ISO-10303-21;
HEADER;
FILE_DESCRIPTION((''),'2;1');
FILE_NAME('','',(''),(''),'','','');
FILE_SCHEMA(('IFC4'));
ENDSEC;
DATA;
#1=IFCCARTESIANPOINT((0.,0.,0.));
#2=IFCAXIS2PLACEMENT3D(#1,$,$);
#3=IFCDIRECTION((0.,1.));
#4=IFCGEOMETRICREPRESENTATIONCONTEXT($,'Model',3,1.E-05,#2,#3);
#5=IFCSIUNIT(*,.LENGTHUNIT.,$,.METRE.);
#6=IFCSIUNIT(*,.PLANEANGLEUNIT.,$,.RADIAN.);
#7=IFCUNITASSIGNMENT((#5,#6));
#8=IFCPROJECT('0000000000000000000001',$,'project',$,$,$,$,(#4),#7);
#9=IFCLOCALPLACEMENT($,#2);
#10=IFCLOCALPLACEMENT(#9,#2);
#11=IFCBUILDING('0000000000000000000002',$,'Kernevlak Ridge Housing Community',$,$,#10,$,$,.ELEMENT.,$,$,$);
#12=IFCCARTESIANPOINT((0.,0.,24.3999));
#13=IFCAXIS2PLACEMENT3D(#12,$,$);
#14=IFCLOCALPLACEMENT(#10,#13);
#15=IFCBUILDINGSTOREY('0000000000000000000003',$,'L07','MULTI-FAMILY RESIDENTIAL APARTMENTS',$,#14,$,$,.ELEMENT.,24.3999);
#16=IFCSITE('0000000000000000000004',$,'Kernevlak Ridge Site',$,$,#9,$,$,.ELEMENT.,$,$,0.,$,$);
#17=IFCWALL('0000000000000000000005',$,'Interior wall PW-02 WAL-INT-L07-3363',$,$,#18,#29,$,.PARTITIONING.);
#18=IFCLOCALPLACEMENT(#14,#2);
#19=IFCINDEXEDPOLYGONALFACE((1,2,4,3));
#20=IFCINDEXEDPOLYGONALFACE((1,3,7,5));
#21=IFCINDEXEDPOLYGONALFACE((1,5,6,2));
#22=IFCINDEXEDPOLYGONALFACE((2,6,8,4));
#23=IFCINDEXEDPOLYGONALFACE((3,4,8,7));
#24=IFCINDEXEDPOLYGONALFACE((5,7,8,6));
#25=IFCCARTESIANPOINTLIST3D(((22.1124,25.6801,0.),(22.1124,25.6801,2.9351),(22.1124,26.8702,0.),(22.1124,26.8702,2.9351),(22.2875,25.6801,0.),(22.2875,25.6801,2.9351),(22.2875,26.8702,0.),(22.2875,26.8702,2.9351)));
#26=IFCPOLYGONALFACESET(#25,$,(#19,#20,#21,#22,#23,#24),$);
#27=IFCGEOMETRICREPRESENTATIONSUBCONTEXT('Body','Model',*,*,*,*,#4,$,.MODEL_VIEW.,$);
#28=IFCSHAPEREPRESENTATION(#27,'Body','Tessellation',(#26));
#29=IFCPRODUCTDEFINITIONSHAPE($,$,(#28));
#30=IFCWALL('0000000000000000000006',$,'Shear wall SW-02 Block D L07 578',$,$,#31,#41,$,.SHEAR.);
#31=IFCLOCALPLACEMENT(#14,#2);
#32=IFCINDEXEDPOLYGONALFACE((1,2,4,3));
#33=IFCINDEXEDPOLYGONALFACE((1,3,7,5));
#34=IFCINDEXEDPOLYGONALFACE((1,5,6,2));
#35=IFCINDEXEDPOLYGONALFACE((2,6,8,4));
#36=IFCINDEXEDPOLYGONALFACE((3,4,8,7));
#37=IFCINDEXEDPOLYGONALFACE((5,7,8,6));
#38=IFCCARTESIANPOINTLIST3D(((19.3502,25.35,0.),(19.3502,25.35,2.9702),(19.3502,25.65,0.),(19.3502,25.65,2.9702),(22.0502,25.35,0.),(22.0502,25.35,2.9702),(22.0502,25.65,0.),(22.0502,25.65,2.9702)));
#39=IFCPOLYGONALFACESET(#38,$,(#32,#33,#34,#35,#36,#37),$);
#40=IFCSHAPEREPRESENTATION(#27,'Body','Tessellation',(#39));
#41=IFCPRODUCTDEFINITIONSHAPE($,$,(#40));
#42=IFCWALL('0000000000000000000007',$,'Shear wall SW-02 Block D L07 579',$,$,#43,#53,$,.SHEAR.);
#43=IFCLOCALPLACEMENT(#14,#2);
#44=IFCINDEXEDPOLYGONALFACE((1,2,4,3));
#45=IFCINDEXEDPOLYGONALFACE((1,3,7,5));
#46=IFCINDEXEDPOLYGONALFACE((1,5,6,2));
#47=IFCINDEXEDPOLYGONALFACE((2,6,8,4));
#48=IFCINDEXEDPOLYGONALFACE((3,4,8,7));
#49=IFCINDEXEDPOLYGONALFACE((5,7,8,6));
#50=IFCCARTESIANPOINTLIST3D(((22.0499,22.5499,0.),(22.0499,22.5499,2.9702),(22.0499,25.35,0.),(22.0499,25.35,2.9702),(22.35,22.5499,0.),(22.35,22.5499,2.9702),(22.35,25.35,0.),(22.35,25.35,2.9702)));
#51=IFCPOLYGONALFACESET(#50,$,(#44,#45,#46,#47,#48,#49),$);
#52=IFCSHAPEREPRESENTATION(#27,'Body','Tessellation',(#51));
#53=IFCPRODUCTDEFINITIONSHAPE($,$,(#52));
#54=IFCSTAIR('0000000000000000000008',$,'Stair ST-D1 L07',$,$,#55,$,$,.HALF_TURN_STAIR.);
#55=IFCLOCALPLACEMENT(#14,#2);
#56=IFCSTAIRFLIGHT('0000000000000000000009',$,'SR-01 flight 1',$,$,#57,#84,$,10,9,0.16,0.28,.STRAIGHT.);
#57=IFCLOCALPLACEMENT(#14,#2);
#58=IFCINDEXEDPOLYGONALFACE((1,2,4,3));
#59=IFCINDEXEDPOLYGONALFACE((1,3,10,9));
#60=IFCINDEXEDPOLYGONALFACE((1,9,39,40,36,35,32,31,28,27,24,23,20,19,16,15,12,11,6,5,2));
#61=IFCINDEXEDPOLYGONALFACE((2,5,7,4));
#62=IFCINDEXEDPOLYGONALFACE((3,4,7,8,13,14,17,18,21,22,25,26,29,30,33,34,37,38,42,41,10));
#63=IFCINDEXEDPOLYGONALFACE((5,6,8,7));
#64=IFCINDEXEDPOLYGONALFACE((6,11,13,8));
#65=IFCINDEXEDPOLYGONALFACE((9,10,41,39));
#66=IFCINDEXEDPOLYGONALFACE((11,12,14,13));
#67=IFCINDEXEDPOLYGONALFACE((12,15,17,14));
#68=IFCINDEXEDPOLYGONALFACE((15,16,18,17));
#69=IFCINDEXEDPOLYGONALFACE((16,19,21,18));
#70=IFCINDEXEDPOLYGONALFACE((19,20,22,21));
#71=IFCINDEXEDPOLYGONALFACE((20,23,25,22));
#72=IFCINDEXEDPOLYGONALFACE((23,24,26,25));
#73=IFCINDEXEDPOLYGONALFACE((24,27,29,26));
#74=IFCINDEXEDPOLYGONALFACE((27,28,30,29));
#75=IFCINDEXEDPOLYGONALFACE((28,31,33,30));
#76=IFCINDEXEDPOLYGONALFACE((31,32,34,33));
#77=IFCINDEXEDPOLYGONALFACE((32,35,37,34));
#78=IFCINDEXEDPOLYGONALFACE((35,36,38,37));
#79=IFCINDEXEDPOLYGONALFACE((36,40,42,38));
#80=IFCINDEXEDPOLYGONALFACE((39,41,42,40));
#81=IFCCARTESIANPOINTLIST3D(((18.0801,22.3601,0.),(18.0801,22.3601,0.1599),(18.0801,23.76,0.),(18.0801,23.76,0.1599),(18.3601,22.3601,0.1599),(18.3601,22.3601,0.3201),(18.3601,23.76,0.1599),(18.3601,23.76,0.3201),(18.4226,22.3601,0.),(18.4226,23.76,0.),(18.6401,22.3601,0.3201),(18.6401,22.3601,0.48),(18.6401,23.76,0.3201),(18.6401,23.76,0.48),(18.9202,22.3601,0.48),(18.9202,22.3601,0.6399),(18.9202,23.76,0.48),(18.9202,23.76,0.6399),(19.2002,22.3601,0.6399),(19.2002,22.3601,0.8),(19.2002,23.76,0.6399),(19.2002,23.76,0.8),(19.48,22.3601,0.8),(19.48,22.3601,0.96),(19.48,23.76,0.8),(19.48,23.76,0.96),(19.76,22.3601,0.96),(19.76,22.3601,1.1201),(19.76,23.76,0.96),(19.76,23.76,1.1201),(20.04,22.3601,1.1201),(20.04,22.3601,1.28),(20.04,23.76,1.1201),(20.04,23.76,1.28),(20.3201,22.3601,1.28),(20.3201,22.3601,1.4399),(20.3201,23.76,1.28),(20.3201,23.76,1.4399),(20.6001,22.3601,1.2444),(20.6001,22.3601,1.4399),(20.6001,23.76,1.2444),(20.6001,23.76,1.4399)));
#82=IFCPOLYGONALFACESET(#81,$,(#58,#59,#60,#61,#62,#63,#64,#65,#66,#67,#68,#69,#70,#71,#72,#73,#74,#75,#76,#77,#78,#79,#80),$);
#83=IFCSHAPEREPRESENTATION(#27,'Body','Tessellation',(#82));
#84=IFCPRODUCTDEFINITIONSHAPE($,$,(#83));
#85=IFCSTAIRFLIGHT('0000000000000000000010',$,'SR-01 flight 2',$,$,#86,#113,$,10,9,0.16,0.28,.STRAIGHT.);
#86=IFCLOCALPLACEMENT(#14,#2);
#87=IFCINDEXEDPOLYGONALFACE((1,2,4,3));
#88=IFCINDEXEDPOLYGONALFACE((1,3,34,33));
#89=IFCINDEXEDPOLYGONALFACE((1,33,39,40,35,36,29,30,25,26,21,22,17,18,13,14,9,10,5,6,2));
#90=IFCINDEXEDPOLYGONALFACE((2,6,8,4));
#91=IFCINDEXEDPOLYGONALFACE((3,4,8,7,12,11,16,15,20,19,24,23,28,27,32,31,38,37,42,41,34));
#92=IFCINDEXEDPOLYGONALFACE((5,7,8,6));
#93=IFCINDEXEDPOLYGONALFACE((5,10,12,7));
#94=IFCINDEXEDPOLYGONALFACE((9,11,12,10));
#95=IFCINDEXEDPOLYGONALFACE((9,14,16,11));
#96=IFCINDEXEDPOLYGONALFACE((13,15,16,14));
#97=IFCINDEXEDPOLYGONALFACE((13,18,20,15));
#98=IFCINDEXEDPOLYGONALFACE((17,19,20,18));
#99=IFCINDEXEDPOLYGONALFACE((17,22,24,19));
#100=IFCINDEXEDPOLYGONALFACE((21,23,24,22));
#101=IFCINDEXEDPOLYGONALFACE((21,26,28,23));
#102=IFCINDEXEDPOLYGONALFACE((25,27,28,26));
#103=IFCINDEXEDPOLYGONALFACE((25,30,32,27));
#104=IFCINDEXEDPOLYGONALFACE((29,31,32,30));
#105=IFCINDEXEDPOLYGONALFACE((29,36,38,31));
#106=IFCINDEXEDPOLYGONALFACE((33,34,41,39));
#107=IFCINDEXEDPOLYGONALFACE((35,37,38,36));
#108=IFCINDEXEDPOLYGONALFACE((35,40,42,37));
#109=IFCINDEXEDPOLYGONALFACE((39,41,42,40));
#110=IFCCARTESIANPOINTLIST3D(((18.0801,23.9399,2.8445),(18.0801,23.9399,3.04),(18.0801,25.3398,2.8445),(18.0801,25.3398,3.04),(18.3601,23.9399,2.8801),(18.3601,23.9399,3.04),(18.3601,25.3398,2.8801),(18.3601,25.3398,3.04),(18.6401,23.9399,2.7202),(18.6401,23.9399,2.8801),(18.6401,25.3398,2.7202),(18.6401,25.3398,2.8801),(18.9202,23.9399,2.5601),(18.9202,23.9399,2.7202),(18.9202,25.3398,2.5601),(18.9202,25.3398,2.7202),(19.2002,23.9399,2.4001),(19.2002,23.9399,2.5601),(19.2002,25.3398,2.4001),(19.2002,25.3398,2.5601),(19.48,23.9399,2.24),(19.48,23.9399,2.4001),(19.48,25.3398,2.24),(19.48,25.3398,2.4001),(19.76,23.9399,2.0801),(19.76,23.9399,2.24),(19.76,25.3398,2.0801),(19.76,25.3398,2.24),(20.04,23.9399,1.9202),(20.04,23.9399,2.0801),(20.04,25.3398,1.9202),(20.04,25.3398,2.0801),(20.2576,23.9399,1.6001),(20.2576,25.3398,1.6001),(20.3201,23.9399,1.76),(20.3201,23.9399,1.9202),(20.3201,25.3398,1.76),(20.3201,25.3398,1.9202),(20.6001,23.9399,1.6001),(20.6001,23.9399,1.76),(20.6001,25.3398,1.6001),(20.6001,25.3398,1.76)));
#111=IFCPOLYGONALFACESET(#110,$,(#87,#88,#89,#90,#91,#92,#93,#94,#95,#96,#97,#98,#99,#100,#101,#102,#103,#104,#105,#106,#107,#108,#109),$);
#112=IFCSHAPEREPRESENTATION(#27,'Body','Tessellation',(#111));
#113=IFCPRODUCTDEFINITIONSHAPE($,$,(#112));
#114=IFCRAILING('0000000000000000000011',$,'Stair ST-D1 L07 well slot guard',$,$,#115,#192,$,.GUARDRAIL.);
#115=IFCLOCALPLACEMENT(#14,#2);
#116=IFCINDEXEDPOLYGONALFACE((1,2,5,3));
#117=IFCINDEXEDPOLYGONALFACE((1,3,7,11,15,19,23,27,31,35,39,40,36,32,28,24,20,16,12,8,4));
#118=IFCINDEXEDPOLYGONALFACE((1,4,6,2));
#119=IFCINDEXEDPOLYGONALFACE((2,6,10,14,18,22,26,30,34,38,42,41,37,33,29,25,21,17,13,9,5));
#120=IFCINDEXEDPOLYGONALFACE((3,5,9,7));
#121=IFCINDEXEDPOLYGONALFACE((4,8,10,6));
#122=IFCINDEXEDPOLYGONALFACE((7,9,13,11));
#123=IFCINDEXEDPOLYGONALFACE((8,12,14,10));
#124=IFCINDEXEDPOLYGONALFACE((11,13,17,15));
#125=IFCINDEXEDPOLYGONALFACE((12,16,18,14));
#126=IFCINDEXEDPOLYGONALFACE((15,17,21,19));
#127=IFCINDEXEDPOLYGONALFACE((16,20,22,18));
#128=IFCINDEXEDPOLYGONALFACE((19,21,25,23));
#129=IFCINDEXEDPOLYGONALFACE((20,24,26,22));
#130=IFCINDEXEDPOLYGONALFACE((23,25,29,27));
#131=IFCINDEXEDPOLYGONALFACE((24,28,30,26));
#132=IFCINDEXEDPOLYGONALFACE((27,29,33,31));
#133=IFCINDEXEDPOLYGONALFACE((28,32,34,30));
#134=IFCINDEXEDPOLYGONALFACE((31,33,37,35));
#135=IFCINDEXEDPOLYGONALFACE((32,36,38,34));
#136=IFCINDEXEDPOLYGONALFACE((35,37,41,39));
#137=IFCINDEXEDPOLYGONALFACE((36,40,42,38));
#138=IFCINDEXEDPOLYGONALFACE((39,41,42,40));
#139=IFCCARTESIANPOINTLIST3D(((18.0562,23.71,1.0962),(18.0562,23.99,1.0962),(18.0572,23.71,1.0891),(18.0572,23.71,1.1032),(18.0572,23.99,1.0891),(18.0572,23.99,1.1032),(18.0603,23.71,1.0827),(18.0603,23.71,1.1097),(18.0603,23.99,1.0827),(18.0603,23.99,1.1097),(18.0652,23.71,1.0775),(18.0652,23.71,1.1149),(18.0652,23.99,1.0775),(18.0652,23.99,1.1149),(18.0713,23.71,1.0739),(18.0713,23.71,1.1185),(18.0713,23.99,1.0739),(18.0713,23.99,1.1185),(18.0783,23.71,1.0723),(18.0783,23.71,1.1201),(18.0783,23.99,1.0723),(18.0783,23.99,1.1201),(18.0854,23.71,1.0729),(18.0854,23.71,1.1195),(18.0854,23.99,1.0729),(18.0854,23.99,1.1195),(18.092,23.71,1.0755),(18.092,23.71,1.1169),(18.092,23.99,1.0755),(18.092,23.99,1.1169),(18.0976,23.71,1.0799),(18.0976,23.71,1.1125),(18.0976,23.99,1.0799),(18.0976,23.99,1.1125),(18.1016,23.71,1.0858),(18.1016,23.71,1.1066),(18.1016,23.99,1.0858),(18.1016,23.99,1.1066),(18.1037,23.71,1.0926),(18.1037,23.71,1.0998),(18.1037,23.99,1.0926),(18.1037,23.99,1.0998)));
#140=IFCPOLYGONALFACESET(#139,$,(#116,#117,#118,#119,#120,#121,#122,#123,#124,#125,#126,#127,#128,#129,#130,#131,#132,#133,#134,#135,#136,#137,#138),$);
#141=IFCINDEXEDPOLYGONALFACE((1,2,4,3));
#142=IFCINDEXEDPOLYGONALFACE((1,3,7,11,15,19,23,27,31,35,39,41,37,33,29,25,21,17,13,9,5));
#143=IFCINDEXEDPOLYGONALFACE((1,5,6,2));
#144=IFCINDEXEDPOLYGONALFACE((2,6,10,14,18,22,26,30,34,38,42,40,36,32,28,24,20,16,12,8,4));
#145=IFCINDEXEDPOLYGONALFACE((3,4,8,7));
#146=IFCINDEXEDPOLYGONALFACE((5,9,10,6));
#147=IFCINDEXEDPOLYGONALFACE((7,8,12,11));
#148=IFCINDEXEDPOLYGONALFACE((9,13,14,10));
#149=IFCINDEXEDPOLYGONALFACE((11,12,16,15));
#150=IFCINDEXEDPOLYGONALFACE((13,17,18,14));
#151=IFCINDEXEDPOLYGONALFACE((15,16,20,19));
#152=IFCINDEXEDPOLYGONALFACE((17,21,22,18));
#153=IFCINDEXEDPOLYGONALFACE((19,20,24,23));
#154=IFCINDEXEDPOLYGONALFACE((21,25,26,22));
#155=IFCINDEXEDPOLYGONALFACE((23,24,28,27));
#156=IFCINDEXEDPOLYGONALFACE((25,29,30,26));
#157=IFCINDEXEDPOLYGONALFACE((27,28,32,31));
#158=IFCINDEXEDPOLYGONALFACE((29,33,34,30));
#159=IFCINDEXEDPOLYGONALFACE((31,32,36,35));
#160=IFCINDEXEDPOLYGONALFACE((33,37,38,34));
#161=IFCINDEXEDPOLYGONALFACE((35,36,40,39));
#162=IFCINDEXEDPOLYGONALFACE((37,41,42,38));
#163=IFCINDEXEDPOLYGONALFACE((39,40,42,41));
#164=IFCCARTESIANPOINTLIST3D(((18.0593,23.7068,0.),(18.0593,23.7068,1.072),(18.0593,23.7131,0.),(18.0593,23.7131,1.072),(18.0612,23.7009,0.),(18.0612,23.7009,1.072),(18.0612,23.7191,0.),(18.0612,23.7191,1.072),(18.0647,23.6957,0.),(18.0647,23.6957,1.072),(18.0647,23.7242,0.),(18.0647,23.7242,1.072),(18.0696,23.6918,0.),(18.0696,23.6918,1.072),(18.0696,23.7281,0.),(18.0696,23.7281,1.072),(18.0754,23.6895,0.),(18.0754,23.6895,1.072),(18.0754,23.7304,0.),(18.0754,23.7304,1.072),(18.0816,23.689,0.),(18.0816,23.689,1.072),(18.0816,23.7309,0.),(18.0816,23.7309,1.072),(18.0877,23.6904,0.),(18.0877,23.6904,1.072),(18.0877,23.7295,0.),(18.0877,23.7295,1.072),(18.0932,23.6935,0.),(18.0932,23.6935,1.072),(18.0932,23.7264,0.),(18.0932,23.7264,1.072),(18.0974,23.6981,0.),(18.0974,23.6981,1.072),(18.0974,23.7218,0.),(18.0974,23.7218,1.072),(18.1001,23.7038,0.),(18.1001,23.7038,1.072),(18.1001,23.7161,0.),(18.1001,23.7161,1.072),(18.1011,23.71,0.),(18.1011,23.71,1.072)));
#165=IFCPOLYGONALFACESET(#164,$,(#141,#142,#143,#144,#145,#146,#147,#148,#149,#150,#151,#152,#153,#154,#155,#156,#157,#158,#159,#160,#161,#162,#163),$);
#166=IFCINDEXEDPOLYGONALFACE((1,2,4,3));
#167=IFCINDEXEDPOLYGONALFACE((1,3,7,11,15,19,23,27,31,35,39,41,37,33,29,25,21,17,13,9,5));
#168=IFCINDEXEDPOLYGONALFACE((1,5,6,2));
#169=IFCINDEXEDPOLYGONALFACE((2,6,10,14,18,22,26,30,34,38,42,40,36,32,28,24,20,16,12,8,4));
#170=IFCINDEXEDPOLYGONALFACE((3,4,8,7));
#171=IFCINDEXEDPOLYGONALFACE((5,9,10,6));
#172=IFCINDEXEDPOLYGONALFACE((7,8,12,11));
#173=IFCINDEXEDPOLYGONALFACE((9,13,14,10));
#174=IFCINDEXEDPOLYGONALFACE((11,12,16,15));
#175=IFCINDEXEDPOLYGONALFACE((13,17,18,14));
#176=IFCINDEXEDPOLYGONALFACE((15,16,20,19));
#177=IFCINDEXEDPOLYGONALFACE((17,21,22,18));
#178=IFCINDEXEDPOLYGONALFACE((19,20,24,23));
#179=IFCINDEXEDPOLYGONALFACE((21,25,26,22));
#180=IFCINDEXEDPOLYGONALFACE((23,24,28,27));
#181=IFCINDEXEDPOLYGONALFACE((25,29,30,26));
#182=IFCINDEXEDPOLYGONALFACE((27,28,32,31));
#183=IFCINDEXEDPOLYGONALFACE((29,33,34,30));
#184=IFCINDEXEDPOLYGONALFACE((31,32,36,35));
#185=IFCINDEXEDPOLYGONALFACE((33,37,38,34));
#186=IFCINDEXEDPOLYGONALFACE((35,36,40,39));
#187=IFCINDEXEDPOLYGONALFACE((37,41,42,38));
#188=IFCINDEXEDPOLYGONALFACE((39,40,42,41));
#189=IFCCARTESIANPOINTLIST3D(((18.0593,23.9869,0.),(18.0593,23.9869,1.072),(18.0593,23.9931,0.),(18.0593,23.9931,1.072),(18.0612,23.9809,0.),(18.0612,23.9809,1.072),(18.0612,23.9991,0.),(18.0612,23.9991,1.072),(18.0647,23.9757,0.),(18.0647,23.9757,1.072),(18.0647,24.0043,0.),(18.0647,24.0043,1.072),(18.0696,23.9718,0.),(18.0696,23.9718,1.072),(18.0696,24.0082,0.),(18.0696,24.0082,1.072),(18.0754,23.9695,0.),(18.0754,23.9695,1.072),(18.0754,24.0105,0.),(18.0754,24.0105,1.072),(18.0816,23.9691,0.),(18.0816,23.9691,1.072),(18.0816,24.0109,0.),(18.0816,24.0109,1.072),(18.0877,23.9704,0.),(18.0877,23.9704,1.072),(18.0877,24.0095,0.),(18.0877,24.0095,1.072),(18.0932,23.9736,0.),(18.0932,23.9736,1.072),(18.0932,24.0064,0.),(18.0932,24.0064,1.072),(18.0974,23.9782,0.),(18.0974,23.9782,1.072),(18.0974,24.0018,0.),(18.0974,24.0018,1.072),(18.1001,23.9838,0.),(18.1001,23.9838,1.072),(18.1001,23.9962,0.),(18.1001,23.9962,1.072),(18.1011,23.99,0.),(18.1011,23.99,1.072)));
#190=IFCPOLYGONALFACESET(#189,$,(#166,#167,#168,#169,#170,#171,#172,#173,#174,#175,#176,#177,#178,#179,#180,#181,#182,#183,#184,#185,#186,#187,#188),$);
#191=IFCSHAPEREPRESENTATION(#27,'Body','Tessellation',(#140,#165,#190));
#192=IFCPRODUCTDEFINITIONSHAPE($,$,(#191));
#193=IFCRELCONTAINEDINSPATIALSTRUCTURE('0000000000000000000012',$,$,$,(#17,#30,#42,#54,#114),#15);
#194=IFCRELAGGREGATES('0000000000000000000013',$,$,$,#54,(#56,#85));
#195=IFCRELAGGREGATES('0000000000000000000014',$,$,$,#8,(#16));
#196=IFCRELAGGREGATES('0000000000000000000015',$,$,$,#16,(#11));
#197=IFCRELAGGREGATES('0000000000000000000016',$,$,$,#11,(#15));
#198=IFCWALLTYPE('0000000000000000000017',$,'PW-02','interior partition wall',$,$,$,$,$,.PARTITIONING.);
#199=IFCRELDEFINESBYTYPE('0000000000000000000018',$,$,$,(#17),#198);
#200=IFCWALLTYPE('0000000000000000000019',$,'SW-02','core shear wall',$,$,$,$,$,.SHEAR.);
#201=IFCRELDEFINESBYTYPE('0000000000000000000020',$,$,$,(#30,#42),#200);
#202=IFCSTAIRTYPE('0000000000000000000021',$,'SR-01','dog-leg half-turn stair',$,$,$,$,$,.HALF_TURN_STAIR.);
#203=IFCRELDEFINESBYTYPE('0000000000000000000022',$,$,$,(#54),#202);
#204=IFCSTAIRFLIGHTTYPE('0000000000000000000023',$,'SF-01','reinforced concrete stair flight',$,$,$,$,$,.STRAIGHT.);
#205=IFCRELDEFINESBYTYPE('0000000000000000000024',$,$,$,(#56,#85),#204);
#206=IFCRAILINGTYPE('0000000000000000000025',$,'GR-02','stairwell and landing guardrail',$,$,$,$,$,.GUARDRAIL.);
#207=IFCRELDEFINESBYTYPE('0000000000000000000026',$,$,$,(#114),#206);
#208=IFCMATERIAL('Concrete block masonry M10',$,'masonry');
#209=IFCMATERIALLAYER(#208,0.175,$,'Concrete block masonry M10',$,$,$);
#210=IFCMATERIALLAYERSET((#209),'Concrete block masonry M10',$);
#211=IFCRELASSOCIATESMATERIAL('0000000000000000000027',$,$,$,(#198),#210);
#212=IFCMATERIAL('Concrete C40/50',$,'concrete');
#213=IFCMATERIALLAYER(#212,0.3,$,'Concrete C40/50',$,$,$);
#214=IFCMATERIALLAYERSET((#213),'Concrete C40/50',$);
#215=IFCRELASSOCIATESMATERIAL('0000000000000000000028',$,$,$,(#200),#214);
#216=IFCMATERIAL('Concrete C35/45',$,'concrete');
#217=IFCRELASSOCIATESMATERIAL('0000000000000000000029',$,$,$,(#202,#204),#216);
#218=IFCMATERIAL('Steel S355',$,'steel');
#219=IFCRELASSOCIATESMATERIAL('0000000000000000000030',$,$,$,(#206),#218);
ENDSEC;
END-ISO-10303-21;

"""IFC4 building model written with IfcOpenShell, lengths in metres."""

from ifc_helpers import new_model, si_unit, direction, frame, frame_2d, origin, origin_2d, place, context, subcontext, project, spatial, polyline, rectangle, circle, outline, extrude, material, layer, layer_set, type_object, element, aggregate, save


model = new_model("IFC4")

# Units and contexts
model_context = context("Model", 3, precision=1e-05, world=origin(), true_north=direction((0.0, 1.0)))
body_context = subcontext(model_context, "Body", "Model", "MODEL_VIEW")
ifc_project = project(units=[si_unit("LENGTHUNIT", "METRE"), si_unit("PLANEANGLEUNIT", "RADIAN")], contexts=[model_context])

# Site, building, storey
site_placement = place(None, origin())
site = spatial("IfcSite", under=ifc_project, at=site_placement, Name="Kernevlak Ridge Site", CompositionType="ELEMENT", RefElevation=0.0)
building_placement = place(site_placement, origin())
building = spatial("IfcBuilding", under=site, at=building_placement, Name="Kernevlak Ridge Housing Community", CompositionType="ELEMENT")
storey_placement = place(building_placement, frame((0.0, 0.0, 24.3999)))
storey = spatial("IfcBuildingStorey", under=building, at=storey_placement, Name="L07", Description="MULTI-FAMILY RESIDENTIAL APARTMENTS", CompositionType="ELEMENT", Elevation=24.3999)

# Shared definitions
ifc_material_1 = material(Name="Concrete C35/45", Category="concrete")

# Shared definitions
ifc_material_2 = material(Name="Concrete block masonry M10", Category="masonry")
ifc_layer_1 = layer(ifc_material_2, 0.175, Name="Concrete block masonry M10")
ifc_layer_set_1 = layer_set([ifc_layer_1], Name="Concrete block masonry M10")
wall_type_1 = type_object("IfcWallType", Name="PW-02", Description="interior partition wall", PredefinedType="PARTITIONING", material=ifc_layer_set_1)

# Walls
wall_1_placement = place(storey_placement, frame((22.2, 25.6799, 0.0), z_axis=(0.0, 0.0, 1.0), x_axis=(0.0, 1.0, 0.0)))
element("IfcWall", 1, at=wall_1_placement, inside=storey, type_object=wall_type_1, Name="Interior wall PW-02 WAL-INT-L07-3363", PredefinedType="PARTITIONING", context=body_context, shape_type="SweptSolid", body=[
    extrude(rectangle(XDim=1.1902, YDim=0.175, at=frame_2d((0.5952, 0.0))), origin(), (0.0, 0.0, 1.0), 2.9351),
])
ifc_material_3 = material(Name="Concrete C40/50", Category="concrete")
ifc_layer_2 = layer(ifc_material_3, 0.3, Name="Concrete C40/50")
ifc_layer_set_2 = layer_set([ifc_layer_2], Name="Concrete C40/50")
wall_type_2 = type_object("IfcWallType", Name="SW-02", Description="core shear wall", PredefinedType="SHEAR", material=ifc_layer_set_2)
wall_2_placement = place(storey_placement, frame((19.3501, 25.5, 0.0), z_axis=(0.0, 0.0, 1.0), x_axis=(1.0, 0.0, 0.0)))
element("IfcWall", 2, at=wall_2_placement, inside=storey, type_object=wall_type_2, Name="Shear wall SW-02 Block D L07 578", PredefinedType="SHEAR", context=body_context, shape_type="SweptSolid", body=[
    extrude(rectangle(XDim=2.7, YDim=0.3, at=frame_2d((1.3501, 0.0))), origin(), (0.0, 0.0, 1.0), 2.9702),
])
wall_3_placement = place(storey_placement, frame((22.2, 22.55, 0.0), z_axis=(0.0, 0.0, 1.0), x_axis=(0.0, 1.0, 0.0)))
element("IfcWall", 3, at=wall_3_placement, inside=storey, type_object=wall_type_2, Name="Shear wall SW-02 Block D L07 579", PredefinedType="SHEAR", context=body_context, shape_type="SweptSolid", body=[
    extrude(rectangle(XDim=2.8, YDim=0.3, at=frame_2d((1.3999, 0.0))), origin(), (0.0, 0.0, 1.0), 2.9702),
])

# Stair, stair flights
stair_type = type_object("IfcStairType", Name="SR-01", Description="dog-leg half-turn stair", PredefinedType="HALF_TURN_STAIR", material=ifc_material_1)
stair_placement = place(storey_placement, origin())
stair = element("IfcStair", 4, at=stair_placement, inside=storey, type_object=stair_type, Name="Stair ST-D1 L07", PredefinedType="HALF_TURN_STAIR")
stair_flight_type = type_object("IfcStairFlightType", Name="SF-01", Description="reinforced concrete stair flight", PredefinedType="STRAIGHT", material=ifc_material_1)
stair_flight_1_placement = place(storey_placement, frame((18.0801, 23.0601, 0.0), z_axis=(0.0, 0.0, 1.0), x_axis=(1.0, 0.0, 0.0)))
stair_flight_1 = element("IfcStairFlight", 5, at=stair_flight_1_placement, type_object=stair_flight_type, Name="SR-01 flight 1", NumberOfRisers=10, NumberOfTreads=9, PredefinedType="STRAIGHT", RiserHeight=0.16, TreadLength=0.28, context=body_context, shape_type="SweptSolid", body=[
    extrude(outline(polyline([(0.0, 0.0), (0.0, 0.1599), (0.28, 0.1599), (0.28, 0.3201), (0.5601, 0.3201), (0.5601, 0.48), (0.8401, 0.48), (0.8401, 0.6399), (1.1201, 0.6399), (1.1201, 0.8), (1.3999, 0.8), (1.3999, 0.96), (1.6799, 0.96), (1.6799, 1.1201), (1.96, 1.1201), (1.96, 1.28), (2.24, 1.28), (2.24, 1.4399), (2.52, 1.4399), (2.52, 1.6001), (2.52, 1.2444), (0.3425, 0.0), (0.0, 0.0)])), frame((0.0, 0.7, 0.0), z_axis=(0.0, -1.0, 0.0), x_axis=(1.0, 0.0, 0.0)), (0.0, 0.0, 1.0), 1.3999),
])
stair_flight_2_placement = place(storey_placement, frame((20.6001, 24.6399, 1.6001), z_axis=(0.0, 0.0, 1.0), x_axis=(-1.0, 0.0, 0.0)))
stair_flight_2 = element("IfcStairFlight", 6, at=stair_flight_2_placement, type_object=stair_flight_type, Name="SR-01 flight 2", NumberOfRisers=10, NumberOfTreads=9, PredefinedType="STRAIGHT", RiserHeight=0.16, TreadLength=0.28, context=body_context, shape_type="SweptSolid", body=[
    extrude(outline(polyline([(0.0, 0.0), (0.0, 0.1599), (0.28, 0.1599), (0.28, 0.3201), (0.5601, 0.3201), (0.5601, 0.48), (0.8401, 0.48), (0.8401, 0.6399), (1.1201, 0.6399), (1.1201, 0.8), (1.3999, 0.8), (1.3999, 0.96), (1.6799, 0.96), (1.6799, 1.1201), (1.96, 1.1201), (1.96, 1.28), (2.24, 1.28), (2.24, 1.4399), (2.52, 1.4399), (2.52, 1.6001), (2.52, 1.2444), (0.3425, 0.0), (0.0, 0.0)])), frame((0.0, 0.7, 0.0), z_axis=(0.0, -1.0, 0.0), x_axis=(1.0, 0.0, 0.0)), (0.0, 0.0, 1.0), 1.3999),
])
aggregate(stair, [stair_flight_1, stair_flight_2])

# Railing
ifc_material_4 = material(Name="Steel S355", Category="steel")
railing_type_1 = type_object("IfcRailingType", Name="GR-02", Description="stairwell and landing guardrail", PredefinedType="GUARDRAIL", material=ifc_material_4)
railing_1_placement = place(storey_placement, frame((18.0801, 23.71, 0.0)))
element("IfcRailing", 7, at=railing_1_placement, inside=storey, type_object=railing_type_1, Name="Stair ST-D1 L07 well slot guard", PredefinedType="GUARDRAIL", context=body_context, shape_type="SweptSolid", body=[
    extrude(circle(Radius=0.0239, at=origin_2d()), frame((0.0, 0.0, 1.0962), z_axis=(0.0, 1.0, 0.0), x_axis=(-1.0, 0.0, 0.0)), (0.0, 0.0, 1.0), 0.28),
    extrude(circle(Radius=0.021, at=origin_2d()), origin(), (0.0, 0.0, 1.0), 1.072),
    extrude(circle(Radius=0.021, at=origin_2d()), frame((0.0, 0.28, 0.0)), (0.0, 0.0, 1.0), 1.072),
])

save(model, "model.ifc")
